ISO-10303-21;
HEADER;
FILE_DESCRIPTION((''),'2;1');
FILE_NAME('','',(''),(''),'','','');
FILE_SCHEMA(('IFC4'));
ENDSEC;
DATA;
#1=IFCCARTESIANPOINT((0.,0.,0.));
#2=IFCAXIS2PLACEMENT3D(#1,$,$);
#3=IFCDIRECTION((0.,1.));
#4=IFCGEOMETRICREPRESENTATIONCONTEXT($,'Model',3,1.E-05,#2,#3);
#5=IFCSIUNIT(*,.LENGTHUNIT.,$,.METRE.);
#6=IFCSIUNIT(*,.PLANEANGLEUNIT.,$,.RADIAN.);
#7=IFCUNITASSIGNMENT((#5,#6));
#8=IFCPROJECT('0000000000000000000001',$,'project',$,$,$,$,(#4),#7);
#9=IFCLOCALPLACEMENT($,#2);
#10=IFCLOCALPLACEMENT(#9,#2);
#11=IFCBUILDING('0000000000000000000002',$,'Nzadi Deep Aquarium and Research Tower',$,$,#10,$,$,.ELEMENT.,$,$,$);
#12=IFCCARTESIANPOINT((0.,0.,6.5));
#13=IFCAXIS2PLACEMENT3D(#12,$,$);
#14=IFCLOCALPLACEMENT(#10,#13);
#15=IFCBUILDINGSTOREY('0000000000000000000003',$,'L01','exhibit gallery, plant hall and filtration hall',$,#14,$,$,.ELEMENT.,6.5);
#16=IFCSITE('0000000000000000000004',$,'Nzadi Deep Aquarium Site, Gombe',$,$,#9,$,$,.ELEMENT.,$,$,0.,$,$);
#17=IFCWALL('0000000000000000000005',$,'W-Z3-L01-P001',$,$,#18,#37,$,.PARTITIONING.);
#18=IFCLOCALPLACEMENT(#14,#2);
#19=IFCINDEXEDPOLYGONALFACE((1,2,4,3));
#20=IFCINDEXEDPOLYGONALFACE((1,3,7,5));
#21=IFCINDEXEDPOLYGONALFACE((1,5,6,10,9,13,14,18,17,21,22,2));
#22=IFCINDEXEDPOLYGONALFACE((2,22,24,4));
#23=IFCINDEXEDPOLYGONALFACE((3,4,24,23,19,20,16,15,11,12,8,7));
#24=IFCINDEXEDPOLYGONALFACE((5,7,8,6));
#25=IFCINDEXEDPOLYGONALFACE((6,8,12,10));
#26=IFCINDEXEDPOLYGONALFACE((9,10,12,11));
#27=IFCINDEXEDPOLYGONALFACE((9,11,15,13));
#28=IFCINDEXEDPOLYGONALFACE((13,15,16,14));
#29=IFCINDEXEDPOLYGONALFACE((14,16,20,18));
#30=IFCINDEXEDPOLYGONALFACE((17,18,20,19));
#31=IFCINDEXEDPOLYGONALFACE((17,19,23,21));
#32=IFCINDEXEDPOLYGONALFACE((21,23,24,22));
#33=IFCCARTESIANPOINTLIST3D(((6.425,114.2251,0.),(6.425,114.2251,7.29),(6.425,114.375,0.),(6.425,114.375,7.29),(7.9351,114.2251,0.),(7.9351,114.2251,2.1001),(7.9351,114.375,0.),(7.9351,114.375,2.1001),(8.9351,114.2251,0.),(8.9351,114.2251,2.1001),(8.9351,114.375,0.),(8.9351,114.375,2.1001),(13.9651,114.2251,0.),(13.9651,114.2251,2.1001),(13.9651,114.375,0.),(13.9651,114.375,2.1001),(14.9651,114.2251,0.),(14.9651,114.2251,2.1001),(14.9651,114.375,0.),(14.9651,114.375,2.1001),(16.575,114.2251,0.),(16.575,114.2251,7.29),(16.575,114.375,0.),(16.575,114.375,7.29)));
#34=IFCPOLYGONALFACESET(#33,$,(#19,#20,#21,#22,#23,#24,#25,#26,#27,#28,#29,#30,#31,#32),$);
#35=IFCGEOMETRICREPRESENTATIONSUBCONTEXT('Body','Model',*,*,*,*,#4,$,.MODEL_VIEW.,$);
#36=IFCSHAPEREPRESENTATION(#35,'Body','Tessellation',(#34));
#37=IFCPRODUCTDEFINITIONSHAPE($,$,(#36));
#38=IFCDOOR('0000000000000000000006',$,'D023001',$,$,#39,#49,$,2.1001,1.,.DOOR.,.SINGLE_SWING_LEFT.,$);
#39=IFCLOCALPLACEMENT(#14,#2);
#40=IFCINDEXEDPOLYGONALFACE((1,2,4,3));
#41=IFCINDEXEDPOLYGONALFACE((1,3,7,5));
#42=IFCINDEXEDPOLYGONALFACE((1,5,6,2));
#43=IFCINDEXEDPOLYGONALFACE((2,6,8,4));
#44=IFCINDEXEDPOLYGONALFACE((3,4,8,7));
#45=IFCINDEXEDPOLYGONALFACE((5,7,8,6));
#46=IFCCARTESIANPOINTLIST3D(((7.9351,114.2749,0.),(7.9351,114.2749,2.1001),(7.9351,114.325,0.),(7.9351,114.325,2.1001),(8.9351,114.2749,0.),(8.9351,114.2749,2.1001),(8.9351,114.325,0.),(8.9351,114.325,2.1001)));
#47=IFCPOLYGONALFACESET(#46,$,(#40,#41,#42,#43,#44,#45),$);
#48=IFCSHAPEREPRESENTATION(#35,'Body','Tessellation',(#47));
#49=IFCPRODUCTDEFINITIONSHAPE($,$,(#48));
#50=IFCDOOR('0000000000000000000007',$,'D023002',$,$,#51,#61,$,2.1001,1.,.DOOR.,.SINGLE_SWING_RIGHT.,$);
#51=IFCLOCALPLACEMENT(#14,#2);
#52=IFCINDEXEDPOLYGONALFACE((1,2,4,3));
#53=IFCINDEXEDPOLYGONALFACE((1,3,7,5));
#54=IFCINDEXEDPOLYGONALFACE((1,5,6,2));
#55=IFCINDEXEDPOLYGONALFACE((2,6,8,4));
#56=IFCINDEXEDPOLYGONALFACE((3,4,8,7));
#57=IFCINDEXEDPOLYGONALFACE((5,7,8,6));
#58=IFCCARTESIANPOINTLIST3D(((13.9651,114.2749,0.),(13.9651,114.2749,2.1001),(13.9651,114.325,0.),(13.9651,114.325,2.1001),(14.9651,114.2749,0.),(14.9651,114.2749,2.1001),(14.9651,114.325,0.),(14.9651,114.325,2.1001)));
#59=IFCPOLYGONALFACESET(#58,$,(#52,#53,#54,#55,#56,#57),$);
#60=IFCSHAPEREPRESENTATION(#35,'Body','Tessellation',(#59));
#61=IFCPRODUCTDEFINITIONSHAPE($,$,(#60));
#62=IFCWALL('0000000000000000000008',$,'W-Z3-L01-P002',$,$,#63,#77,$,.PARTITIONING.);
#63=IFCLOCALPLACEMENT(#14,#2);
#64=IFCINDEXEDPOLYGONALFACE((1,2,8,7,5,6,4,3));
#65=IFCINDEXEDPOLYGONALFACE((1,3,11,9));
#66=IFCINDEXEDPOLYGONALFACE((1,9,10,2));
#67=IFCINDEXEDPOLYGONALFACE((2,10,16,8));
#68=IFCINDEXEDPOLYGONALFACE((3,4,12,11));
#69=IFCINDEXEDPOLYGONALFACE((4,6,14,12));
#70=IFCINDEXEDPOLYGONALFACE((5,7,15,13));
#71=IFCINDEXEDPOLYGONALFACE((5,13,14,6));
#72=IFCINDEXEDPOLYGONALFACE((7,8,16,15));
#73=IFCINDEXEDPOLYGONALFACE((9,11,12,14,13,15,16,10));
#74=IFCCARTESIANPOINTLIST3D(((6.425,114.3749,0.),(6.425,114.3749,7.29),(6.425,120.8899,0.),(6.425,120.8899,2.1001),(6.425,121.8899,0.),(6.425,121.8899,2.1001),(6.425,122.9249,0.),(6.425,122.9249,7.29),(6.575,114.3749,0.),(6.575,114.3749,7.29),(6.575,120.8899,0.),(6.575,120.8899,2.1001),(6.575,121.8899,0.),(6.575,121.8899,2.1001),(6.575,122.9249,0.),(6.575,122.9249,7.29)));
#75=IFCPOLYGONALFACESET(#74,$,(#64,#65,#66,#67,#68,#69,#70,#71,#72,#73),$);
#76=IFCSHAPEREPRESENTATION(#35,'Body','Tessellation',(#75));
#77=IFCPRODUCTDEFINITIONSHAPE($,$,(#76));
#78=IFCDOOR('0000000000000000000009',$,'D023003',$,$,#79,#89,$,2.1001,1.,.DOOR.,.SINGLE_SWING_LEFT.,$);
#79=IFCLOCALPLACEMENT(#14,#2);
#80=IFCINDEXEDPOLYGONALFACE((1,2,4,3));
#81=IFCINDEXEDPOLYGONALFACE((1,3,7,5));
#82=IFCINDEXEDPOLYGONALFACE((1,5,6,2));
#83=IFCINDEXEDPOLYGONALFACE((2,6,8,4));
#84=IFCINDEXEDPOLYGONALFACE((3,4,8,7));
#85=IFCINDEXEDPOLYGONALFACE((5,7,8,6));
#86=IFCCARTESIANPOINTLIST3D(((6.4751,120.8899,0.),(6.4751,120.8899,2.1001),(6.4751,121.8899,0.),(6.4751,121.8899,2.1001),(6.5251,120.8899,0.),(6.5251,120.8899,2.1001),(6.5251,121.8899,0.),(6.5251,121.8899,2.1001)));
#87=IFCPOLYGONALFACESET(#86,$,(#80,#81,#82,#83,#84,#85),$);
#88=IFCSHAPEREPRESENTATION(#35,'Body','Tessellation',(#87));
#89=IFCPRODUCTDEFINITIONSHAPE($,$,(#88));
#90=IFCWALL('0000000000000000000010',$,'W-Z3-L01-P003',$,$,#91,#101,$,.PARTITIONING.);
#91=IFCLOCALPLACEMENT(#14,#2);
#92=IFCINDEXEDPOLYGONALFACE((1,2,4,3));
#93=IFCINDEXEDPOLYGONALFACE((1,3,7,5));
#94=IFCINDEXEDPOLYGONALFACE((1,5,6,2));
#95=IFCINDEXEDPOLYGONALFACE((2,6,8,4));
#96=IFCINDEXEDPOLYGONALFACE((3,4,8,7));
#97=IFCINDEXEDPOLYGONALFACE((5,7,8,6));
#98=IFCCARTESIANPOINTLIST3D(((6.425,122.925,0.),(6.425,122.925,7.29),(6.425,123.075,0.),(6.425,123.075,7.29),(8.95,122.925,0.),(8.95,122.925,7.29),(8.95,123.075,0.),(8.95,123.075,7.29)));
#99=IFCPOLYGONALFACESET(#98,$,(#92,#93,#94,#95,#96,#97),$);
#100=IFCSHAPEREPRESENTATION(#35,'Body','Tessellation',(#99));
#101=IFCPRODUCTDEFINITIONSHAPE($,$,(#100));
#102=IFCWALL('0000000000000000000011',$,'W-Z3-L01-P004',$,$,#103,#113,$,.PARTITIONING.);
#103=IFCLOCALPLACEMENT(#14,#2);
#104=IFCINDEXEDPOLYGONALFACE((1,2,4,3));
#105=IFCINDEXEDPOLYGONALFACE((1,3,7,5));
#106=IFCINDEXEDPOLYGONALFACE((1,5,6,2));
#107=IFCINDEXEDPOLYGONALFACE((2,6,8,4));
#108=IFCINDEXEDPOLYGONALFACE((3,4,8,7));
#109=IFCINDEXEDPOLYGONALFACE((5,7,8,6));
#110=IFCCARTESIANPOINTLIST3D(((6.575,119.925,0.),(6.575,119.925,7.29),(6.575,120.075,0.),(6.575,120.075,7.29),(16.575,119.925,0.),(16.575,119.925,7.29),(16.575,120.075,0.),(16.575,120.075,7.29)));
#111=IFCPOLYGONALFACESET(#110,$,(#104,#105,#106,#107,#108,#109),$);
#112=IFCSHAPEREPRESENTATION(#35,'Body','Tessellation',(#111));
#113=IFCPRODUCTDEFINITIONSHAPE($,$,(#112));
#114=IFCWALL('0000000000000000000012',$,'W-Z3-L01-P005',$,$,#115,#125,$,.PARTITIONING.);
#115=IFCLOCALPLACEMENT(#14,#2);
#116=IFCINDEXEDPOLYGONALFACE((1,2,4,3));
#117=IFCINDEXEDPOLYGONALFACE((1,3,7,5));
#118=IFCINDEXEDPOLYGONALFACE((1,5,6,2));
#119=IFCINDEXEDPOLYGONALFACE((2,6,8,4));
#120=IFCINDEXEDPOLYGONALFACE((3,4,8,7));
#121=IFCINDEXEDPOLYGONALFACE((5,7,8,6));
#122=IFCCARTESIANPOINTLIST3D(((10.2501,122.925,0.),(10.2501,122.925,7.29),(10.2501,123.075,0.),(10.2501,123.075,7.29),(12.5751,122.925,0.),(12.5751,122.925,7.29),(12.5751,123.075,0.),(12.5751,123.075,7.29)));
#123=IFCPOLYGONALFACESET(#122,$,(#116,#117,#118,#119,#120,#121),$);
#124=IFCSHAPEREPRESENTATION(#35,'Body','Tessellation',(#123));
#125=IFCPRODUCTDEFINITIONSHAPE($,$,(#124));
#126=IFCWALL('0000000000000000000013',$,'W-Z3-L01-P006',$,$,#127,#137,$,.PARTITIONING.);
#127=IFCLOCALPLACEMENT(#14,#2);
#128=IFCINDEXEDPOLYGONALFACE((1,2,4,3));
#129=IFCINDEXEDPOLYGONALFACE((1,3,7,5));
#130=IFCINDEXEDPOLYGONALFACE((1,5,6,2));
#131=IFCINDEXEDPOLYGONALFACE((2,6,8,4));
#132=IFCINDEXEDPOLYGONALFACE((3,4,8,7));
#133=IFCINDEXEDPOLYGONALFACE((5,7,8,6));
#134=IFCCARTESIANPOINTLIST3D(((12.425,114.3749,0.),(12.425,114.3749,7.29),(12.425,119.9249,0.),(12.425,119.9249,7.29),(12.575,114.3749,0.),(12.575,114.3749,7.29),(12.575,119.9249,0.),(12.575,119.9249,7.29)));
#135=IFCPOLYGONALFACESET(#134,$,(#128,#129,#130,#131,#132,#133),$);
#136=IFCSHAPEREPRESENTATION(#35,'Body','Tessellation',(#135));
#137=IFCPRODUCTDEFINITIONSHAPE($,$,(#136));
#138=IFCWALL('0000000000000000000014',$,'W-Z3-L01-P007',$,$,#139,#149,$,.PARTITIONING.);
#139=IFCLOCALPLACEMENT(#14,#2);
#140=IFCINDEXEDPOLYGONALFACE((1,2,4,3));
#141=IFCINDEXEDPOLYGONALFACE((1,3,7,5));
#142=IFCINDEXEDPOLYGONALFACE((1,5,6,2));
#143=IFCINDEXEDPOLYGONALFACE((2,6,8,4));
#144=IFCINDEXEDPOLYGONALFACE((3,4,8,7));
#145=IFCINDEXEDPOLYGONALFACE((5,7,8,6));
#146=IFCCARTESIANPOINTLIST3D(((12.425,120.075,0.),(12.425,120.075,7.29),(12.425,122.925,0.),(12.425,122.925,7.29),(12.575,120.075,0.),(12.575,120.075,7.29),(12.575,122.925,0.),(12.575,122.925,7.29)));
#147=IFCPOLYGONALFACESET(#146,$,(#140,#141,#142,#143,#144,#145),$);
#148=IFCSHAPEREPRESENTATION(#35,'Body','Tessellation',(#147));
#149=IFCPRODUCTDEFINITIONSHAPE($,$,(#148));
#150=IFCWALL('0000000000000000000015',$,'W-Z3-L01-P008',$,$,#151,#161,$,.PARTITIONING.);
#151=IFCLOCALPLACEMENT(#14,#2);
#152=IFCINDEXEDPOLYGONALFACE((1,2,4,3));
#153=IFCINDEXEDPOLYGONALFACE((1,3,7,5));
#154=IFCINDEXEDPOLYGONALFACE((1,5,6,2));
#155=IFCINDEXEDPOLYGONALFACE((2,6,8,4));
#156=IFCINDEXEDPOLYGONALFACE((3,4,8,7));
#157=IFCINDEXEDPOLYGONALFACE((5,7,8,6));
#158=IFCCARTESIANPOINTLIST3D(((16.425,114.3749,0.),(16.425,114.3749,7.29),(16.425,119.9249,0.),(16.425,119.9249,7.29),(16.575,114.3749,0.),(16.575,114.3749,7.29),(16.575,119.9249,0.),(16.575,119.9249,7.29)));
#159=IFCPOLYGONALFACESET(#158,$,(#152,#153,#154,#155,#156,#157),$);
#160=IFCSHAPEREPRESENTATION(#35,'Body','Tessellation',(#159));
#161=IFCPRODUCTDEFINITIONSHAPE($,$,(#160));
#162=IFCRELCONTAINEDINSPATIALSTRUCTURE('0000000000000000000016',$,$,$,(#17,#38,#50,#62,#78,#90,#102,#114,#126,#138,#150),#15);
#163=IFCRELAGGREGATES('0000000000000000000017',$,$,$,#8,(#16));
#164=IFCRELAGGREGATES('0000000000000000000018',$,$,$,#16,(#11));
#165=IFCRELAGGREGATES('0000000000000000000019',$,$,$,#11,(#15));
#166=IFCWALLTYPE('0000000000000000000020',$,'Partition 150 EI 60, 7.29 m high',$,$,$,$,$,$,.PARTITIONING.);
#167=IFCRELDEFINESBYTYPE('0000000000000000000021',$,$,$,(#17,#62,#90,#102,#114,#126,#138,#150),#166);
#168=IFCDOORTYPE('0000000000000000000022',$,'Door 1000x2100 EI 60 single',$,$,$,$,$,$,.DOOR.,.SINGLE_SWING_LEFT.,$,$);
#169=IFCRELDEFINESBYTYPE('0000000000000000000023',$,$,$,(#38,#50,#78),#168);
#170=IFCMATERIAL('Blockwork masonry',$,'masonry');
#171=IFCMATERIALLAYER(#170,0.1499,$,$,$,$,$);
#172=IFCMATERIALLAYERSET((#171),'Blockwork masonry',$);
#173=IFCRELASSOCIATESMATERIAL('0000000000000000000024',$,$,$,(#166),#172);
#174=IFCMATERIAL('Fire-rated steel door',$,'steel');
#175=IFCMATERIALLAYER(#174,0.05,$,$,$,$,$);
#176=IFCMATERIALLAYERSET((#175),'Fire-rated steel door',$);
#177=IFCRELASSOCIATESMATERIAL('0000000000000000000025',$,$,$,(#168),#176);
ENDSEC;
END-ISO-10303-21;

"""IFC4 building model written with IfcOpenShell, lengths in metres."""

from ifc_helpers import new_model, si_unit, direction, frame, frame_2d, origin, place, context, subcontext, project, spatial, rectangle, extrude, material, layer, layer_set, type_object, element, fill, save


model = new_model("IFC4")

# Units and contexts
model_context = context("Model", 3, precision=1e-05, world=origin(), true_north=direction((0.0, 1.0)))
body_context = subcontext(model_context, "Body", "Model", "MODEL_VIEW")
ifc_project = project(units=[si_unit("LENGTHUNIT", "METRE"), si_unit("PLANEANGLEUNIT", "RADIAN")], contexts=[model_context])

# Site, building, storey
site_placement = place(None, origin())
site = spatial("IfcSite", under=ifc_project, at=site_placement, Name="Nzadi Deep Aquarium Site, Gombe", CompositionType="ELEMENT", RefElevation=0.0)
building_placement = place(site_placement, origin())
building = spatial("IfcBuilding", under=site, at=building_placement, Name="Nzadi Deep Aquarium and Research Tower", CompositionType="ELEMENT")
storey_placement = place(building_placement, frame((0.0, 0.0, 6.5)))
storey = spatial("IfcBuildingStorey", under=building, at=storey_placement, Name="L01", Description="exhibit gallery, plant hall and filtration hall", CompositionType="ELEMENT", Elevation=6.5)

# Wall, openings, doors
ifc_material_1 = material(Name="Blockwork masonry", Category="masonry")
ifc_layer_1 = layer(ifc_material_1, 0.1499)
ifc_layer_set_1 = layer_set([ifc_layer_1], Name="Blockwork masonry")
wall_type_1 = type_object("IfcWallType", Name="Partition 150 EI 60, 7.29 m high", PredefinedType="PARTITIONING", material=ifc_layer_set_1)
wall_1_placement = place(storey_placement, frame((6.425, 114.3, 0.0), z_axis=(0.0, 0.0, 1.0), x_axis=(1.0, 0.0, 0.0)))
wall_1 = element("IfcWall", 1, at=wall_1_placement, inside=storey, type_object=wall_type_1, Name="W-Z3-L01-P001", PredefinedType="PARTITIONING", context=body_context, shape_type="SweptSolid", body=[
    extrude(rectangle(XDim=10.1499, YDim=0.1499, at=frame_2d((5.075, 0.0))), origin(), (0.0, 0.0, 1.0), 7.29),
])
opening_1_placement = place(wall_1_placement, frame((1.51, 0.0, 0.0)))
opening_1 = element("IfcOpeningElement", 2, at=opening_1_placement, cuts=wall_1, PredefinedType="OPENING", context=body_context, shape_type="SweptSolid", body=[
    extrude(rectangle(XDim=1.0, YDim=2.1001, at=frame_2d((0.5, 1.05))), frame((0.0, 0.085, 0.0), z_axis=(0.0, -1.0, 0.0), x_axis=(1.0, 0.0, 0.0)), (0.0, 0.0, 1.0), 0.1699),
])
opening_2_placement = place(wall_1_placement, frame((7.54, 0.0, 0.0)))
opening_2 = element("IfcOpeningElement", 3, at=opening_2_placement, cuts=wall_1, PredefinedType="OPENING", context=body_context, shape_type="SweptSolid", body=[
    extrude(rectangle(XDim=1.0, YDim=2.1001, at=frame_2d((0.5, 1.05))), frame((0.0, 0.085, 0.0), z_axis=(0.0, -1.0, 0.0), x_axis=(1.0, 0.0, 0.0)), (0.0, 0.0, 1.0), 0.1699),
])
ifc_material_2 = material(Name="Fire-rated steel door", Category="steel")
ifc_layer_2 = layer(ifc_material_2, 0.05)
ifc_layer_set_2 = layer_set([ifc_layer_2], Name="Fire-rated steel door")
door_type_1 = type_object("IfcDoorType", Name="Door 1000x2100 EI 60 single", OperationType="SINGLE_SWING_LEFT", PredefinedType="DOOR", material=ifc_layer_set_2)
door_1_placement = place(opening_1_placement, origin())
door_1 = element("IfcDoor", 4, at=door_1_placement, inside=storey, type_object=door_type_1, Name="D023001", OperationType="SINGLE_SWING_LEFT", OverallHeight=2.1001, OverallWidth=1.0, PredefinedType="DOOR", context=body_context, shape_type="SweptSolid", body=[
    extrude(rectangle(XDim=1.0, YDim=2.1001, at=frame_2d((0.5, 1.05))), frame((0.0, 0.0249, 0.0), z_axis=(0.0, -1.0, 0.0), x_axis=(1.0, 0.0, 0.0)), (0.0, 0.0, 1.0), 0.05),
])
fill(opening_1, door_1)
door_2_placement = place(opening_2_placement, origin())
door_2 = element("IfcDoor", 5, at=door_2_placement, inside=storey, type_object=door_type_1, Name="D023002", OperationType="SINGLE_SWING_RIGHT", OverallHeight=2.1001, OverallWidth=1.0, PredefinedType="DOOR", context=body_context, shape_type="SweptSolid", body=[
    extrude(rectangle(XDim=1.0, YDim=2.1001, at=frame_2d((0.5, 1.05))), frame((0.0, 0.0249, 0.0), z_axis=(0.0, -1.0, 0.0), x_axis=(1.0, 0.0, 0.0)), (0.0, 0.0, 1.0), 0.05),
])
fill(opening_2, door_2)

# Wall, opening, door
wall_2_placement = place(storey_placement, frame((6.5, 114.375, 0.0), z_axis=(0.0, 0.0, 1.0), x_axis=(0.0, 1.0, 0.0)))
wall_2 = element("IfcWall", 6, at=wall_2_placement, inside=storey, type_object=wall_type_1, Name="W-Z3-L01-P002", PredefinedType="PARTITIONING", context=body_context, shape_type="SweptSolid", body=[
    extrude(rectangle(XDim=8.55, YDim=0.1499, at=frame_2d((4.2749, 0.0))), origin(), (0.0, 0.0, 1.0), 7.29),
])
opening_3_placement = place(wall_2_placement, frame((6.5149, 0.0, 0.0)))
opening_3 = element("IfcOpeningElement", 7, at=opening_3_placement, cuts=wall_2, PredefinedType="OPENING", context=body_context, shape_type="SweptSolid", body=[
    extrude(rectangle(XDim=1.0, YDim=2.1001, at=frame_2d((0.5, 1.05))), frame((0.0, 0.085, 0.0), z_axis=(0.0, -1.0, 0.0), x_axis=(1.0, 0.0, 0.0)), (0.0, 0.0, 1.0), 0.1699),
])
door_3_placement = place(opening_3_placement, origin())
door_3 = element("IfcDoor", 8, at=door_3_placement, inside=storey, type_object=door_type_1, Name="D023003", OperationType="SINGLE_SWING_LEFT", OverallHeight=2.1001, OverallWidth=1.0, PredefinedType="DOOR", context=body_context, shape_type="SweptSolid", body=[
    extrude(rectangle(XDim=1.0, YDim=2.1001, at=frame_2d((0.5, 1.05))), frame((0.0, 0.0249, 0.0), z_axis=(0.0, -1.0, 0.0), x_axis=(1.0, 0.0, 0.0)), (0.0, 0.0, 1.0), 0.05),
])
fill(opening_3, door_3)

# Walls
wall_3_placement = place(storey_placement, frame((6.425, 123.0, 0.0), z_axis=(0.0, 0.0, 1.0), x_axis=(1.0, 0.0, 0.0)))
element("IfcWall", 9, at=wall_3_placement, inside=storey, type_object=wall_type_1, Name="W-Z3-L01-P003", PredefinedType="PARTITIONING", context=body_context, shape_type="SweptSolid", body=[
    extrude(rectangle(XDim=2.5249, YDim=0.1499, at=frame_2d((1.2625, 0.0))), origin(), (0.0, 0.0, 1.0), 7.29),
])
wall_4_placement = place(storey_placement, frame((6.575, 120.0, 0.0), z_axis=(0.0, 0.0, 1.0), x_axis=(1.0, 0.0, 0.0)))
element("IfcWall", 10, at=wall_4_placement, inside=storey, type_object=wall_type_1, Name="W-Z3-L01-P004", PredefinedType="PARTITIONING", context=body_context, shape_type="SweptSolid", body=[
    extrude(rectangle(XDim=10.0, YDim=0.1499, at=frame_2d((5.0, 0.0))), origin(), (0.0, 0.0, 1.0), 7.29),
])
wall_5_placement = place(storey_placement, frame((10.25, 123.0, 0.0), z_axis=(0.0, 0.0, 1.0), x_axis=(1.0, 0.0, 0.0)))
element("IfcWall", 11, at=wall_5_placement, inside=storey, type_object=wall_type_1, Name="W-Z3-L01-P005", PredefinedType="PARTITIONING", context=body_context, shape_type="SweptSolid", body=[
    extrude(rectangle(XDim=2.325, YDim=0.1499, at=frame_2d((1.1626, 0.0))), origin(), (0.0, 0.0, 1.0), 7.29),
])
wall_6_placement = place(storey_placement, frame((12.5, 114.375, 0.0), z_axis=(0.0, 0.0, 1.0), x_axis=(0.0, 1.0, 0.0)))
element("IfcWall", 12, at=wall_6_placement, inside=storey, type_object=wall_type_1, Name="W-Z3-L01-P006", PredefinedType="PARTITIONING", context=body_context, shape_type="SweptSolid", body=[
    extrude(rectangle(XDim=5.55, YDim=0.1499, at=frame_2d((2.7749, 0.0))), origin(), (0.0, 0.0, 1.0), 7.29),
])
wall_7_placement = place(storey_placement, frame((12.5, 120.075, 0.0), z_axis=(0.0, 0.0, 1.0), x_axis=(0.0, 1.0, 0.0)))
element("IfcWall", 13, at=wall_7_placement, inside=storey, type_object=wall_type_1, Name="W-Z3-L01-P007", PredefinedType="PARTITIONING", context=body_context, shape_type="SweptSolid", body=[
    extrude(rectangle(XDim=2.8501, YDim=0.1499, at=frame_2d((1.425, 0.0))), origin(), (0.0, 0.0, 1.0), 7.29),
])
wall_8_placement = place(storey_placement, frame((16.5, 114.375, 0.0), z_axis=(0.0, 0.0, 1.0), x_axis=(0.0, 1.0, 0.0)))
element("IfcWall", 14, at=wall_8_placement, inside=storey, type_object=wall_type_1, Name="W-Z3-L01-P008", PredefinedType="PARTITIONING", context=body_context, shape_type="SweptSolid", body=[
    extrude(rectangle(XDim=5.55, YDim=0.1499, at=frame_2d((2.7749, 0.0))), origin(), (0.0, 0.0, 1.0), 7.29),
])

save(model, "model.ifc")
